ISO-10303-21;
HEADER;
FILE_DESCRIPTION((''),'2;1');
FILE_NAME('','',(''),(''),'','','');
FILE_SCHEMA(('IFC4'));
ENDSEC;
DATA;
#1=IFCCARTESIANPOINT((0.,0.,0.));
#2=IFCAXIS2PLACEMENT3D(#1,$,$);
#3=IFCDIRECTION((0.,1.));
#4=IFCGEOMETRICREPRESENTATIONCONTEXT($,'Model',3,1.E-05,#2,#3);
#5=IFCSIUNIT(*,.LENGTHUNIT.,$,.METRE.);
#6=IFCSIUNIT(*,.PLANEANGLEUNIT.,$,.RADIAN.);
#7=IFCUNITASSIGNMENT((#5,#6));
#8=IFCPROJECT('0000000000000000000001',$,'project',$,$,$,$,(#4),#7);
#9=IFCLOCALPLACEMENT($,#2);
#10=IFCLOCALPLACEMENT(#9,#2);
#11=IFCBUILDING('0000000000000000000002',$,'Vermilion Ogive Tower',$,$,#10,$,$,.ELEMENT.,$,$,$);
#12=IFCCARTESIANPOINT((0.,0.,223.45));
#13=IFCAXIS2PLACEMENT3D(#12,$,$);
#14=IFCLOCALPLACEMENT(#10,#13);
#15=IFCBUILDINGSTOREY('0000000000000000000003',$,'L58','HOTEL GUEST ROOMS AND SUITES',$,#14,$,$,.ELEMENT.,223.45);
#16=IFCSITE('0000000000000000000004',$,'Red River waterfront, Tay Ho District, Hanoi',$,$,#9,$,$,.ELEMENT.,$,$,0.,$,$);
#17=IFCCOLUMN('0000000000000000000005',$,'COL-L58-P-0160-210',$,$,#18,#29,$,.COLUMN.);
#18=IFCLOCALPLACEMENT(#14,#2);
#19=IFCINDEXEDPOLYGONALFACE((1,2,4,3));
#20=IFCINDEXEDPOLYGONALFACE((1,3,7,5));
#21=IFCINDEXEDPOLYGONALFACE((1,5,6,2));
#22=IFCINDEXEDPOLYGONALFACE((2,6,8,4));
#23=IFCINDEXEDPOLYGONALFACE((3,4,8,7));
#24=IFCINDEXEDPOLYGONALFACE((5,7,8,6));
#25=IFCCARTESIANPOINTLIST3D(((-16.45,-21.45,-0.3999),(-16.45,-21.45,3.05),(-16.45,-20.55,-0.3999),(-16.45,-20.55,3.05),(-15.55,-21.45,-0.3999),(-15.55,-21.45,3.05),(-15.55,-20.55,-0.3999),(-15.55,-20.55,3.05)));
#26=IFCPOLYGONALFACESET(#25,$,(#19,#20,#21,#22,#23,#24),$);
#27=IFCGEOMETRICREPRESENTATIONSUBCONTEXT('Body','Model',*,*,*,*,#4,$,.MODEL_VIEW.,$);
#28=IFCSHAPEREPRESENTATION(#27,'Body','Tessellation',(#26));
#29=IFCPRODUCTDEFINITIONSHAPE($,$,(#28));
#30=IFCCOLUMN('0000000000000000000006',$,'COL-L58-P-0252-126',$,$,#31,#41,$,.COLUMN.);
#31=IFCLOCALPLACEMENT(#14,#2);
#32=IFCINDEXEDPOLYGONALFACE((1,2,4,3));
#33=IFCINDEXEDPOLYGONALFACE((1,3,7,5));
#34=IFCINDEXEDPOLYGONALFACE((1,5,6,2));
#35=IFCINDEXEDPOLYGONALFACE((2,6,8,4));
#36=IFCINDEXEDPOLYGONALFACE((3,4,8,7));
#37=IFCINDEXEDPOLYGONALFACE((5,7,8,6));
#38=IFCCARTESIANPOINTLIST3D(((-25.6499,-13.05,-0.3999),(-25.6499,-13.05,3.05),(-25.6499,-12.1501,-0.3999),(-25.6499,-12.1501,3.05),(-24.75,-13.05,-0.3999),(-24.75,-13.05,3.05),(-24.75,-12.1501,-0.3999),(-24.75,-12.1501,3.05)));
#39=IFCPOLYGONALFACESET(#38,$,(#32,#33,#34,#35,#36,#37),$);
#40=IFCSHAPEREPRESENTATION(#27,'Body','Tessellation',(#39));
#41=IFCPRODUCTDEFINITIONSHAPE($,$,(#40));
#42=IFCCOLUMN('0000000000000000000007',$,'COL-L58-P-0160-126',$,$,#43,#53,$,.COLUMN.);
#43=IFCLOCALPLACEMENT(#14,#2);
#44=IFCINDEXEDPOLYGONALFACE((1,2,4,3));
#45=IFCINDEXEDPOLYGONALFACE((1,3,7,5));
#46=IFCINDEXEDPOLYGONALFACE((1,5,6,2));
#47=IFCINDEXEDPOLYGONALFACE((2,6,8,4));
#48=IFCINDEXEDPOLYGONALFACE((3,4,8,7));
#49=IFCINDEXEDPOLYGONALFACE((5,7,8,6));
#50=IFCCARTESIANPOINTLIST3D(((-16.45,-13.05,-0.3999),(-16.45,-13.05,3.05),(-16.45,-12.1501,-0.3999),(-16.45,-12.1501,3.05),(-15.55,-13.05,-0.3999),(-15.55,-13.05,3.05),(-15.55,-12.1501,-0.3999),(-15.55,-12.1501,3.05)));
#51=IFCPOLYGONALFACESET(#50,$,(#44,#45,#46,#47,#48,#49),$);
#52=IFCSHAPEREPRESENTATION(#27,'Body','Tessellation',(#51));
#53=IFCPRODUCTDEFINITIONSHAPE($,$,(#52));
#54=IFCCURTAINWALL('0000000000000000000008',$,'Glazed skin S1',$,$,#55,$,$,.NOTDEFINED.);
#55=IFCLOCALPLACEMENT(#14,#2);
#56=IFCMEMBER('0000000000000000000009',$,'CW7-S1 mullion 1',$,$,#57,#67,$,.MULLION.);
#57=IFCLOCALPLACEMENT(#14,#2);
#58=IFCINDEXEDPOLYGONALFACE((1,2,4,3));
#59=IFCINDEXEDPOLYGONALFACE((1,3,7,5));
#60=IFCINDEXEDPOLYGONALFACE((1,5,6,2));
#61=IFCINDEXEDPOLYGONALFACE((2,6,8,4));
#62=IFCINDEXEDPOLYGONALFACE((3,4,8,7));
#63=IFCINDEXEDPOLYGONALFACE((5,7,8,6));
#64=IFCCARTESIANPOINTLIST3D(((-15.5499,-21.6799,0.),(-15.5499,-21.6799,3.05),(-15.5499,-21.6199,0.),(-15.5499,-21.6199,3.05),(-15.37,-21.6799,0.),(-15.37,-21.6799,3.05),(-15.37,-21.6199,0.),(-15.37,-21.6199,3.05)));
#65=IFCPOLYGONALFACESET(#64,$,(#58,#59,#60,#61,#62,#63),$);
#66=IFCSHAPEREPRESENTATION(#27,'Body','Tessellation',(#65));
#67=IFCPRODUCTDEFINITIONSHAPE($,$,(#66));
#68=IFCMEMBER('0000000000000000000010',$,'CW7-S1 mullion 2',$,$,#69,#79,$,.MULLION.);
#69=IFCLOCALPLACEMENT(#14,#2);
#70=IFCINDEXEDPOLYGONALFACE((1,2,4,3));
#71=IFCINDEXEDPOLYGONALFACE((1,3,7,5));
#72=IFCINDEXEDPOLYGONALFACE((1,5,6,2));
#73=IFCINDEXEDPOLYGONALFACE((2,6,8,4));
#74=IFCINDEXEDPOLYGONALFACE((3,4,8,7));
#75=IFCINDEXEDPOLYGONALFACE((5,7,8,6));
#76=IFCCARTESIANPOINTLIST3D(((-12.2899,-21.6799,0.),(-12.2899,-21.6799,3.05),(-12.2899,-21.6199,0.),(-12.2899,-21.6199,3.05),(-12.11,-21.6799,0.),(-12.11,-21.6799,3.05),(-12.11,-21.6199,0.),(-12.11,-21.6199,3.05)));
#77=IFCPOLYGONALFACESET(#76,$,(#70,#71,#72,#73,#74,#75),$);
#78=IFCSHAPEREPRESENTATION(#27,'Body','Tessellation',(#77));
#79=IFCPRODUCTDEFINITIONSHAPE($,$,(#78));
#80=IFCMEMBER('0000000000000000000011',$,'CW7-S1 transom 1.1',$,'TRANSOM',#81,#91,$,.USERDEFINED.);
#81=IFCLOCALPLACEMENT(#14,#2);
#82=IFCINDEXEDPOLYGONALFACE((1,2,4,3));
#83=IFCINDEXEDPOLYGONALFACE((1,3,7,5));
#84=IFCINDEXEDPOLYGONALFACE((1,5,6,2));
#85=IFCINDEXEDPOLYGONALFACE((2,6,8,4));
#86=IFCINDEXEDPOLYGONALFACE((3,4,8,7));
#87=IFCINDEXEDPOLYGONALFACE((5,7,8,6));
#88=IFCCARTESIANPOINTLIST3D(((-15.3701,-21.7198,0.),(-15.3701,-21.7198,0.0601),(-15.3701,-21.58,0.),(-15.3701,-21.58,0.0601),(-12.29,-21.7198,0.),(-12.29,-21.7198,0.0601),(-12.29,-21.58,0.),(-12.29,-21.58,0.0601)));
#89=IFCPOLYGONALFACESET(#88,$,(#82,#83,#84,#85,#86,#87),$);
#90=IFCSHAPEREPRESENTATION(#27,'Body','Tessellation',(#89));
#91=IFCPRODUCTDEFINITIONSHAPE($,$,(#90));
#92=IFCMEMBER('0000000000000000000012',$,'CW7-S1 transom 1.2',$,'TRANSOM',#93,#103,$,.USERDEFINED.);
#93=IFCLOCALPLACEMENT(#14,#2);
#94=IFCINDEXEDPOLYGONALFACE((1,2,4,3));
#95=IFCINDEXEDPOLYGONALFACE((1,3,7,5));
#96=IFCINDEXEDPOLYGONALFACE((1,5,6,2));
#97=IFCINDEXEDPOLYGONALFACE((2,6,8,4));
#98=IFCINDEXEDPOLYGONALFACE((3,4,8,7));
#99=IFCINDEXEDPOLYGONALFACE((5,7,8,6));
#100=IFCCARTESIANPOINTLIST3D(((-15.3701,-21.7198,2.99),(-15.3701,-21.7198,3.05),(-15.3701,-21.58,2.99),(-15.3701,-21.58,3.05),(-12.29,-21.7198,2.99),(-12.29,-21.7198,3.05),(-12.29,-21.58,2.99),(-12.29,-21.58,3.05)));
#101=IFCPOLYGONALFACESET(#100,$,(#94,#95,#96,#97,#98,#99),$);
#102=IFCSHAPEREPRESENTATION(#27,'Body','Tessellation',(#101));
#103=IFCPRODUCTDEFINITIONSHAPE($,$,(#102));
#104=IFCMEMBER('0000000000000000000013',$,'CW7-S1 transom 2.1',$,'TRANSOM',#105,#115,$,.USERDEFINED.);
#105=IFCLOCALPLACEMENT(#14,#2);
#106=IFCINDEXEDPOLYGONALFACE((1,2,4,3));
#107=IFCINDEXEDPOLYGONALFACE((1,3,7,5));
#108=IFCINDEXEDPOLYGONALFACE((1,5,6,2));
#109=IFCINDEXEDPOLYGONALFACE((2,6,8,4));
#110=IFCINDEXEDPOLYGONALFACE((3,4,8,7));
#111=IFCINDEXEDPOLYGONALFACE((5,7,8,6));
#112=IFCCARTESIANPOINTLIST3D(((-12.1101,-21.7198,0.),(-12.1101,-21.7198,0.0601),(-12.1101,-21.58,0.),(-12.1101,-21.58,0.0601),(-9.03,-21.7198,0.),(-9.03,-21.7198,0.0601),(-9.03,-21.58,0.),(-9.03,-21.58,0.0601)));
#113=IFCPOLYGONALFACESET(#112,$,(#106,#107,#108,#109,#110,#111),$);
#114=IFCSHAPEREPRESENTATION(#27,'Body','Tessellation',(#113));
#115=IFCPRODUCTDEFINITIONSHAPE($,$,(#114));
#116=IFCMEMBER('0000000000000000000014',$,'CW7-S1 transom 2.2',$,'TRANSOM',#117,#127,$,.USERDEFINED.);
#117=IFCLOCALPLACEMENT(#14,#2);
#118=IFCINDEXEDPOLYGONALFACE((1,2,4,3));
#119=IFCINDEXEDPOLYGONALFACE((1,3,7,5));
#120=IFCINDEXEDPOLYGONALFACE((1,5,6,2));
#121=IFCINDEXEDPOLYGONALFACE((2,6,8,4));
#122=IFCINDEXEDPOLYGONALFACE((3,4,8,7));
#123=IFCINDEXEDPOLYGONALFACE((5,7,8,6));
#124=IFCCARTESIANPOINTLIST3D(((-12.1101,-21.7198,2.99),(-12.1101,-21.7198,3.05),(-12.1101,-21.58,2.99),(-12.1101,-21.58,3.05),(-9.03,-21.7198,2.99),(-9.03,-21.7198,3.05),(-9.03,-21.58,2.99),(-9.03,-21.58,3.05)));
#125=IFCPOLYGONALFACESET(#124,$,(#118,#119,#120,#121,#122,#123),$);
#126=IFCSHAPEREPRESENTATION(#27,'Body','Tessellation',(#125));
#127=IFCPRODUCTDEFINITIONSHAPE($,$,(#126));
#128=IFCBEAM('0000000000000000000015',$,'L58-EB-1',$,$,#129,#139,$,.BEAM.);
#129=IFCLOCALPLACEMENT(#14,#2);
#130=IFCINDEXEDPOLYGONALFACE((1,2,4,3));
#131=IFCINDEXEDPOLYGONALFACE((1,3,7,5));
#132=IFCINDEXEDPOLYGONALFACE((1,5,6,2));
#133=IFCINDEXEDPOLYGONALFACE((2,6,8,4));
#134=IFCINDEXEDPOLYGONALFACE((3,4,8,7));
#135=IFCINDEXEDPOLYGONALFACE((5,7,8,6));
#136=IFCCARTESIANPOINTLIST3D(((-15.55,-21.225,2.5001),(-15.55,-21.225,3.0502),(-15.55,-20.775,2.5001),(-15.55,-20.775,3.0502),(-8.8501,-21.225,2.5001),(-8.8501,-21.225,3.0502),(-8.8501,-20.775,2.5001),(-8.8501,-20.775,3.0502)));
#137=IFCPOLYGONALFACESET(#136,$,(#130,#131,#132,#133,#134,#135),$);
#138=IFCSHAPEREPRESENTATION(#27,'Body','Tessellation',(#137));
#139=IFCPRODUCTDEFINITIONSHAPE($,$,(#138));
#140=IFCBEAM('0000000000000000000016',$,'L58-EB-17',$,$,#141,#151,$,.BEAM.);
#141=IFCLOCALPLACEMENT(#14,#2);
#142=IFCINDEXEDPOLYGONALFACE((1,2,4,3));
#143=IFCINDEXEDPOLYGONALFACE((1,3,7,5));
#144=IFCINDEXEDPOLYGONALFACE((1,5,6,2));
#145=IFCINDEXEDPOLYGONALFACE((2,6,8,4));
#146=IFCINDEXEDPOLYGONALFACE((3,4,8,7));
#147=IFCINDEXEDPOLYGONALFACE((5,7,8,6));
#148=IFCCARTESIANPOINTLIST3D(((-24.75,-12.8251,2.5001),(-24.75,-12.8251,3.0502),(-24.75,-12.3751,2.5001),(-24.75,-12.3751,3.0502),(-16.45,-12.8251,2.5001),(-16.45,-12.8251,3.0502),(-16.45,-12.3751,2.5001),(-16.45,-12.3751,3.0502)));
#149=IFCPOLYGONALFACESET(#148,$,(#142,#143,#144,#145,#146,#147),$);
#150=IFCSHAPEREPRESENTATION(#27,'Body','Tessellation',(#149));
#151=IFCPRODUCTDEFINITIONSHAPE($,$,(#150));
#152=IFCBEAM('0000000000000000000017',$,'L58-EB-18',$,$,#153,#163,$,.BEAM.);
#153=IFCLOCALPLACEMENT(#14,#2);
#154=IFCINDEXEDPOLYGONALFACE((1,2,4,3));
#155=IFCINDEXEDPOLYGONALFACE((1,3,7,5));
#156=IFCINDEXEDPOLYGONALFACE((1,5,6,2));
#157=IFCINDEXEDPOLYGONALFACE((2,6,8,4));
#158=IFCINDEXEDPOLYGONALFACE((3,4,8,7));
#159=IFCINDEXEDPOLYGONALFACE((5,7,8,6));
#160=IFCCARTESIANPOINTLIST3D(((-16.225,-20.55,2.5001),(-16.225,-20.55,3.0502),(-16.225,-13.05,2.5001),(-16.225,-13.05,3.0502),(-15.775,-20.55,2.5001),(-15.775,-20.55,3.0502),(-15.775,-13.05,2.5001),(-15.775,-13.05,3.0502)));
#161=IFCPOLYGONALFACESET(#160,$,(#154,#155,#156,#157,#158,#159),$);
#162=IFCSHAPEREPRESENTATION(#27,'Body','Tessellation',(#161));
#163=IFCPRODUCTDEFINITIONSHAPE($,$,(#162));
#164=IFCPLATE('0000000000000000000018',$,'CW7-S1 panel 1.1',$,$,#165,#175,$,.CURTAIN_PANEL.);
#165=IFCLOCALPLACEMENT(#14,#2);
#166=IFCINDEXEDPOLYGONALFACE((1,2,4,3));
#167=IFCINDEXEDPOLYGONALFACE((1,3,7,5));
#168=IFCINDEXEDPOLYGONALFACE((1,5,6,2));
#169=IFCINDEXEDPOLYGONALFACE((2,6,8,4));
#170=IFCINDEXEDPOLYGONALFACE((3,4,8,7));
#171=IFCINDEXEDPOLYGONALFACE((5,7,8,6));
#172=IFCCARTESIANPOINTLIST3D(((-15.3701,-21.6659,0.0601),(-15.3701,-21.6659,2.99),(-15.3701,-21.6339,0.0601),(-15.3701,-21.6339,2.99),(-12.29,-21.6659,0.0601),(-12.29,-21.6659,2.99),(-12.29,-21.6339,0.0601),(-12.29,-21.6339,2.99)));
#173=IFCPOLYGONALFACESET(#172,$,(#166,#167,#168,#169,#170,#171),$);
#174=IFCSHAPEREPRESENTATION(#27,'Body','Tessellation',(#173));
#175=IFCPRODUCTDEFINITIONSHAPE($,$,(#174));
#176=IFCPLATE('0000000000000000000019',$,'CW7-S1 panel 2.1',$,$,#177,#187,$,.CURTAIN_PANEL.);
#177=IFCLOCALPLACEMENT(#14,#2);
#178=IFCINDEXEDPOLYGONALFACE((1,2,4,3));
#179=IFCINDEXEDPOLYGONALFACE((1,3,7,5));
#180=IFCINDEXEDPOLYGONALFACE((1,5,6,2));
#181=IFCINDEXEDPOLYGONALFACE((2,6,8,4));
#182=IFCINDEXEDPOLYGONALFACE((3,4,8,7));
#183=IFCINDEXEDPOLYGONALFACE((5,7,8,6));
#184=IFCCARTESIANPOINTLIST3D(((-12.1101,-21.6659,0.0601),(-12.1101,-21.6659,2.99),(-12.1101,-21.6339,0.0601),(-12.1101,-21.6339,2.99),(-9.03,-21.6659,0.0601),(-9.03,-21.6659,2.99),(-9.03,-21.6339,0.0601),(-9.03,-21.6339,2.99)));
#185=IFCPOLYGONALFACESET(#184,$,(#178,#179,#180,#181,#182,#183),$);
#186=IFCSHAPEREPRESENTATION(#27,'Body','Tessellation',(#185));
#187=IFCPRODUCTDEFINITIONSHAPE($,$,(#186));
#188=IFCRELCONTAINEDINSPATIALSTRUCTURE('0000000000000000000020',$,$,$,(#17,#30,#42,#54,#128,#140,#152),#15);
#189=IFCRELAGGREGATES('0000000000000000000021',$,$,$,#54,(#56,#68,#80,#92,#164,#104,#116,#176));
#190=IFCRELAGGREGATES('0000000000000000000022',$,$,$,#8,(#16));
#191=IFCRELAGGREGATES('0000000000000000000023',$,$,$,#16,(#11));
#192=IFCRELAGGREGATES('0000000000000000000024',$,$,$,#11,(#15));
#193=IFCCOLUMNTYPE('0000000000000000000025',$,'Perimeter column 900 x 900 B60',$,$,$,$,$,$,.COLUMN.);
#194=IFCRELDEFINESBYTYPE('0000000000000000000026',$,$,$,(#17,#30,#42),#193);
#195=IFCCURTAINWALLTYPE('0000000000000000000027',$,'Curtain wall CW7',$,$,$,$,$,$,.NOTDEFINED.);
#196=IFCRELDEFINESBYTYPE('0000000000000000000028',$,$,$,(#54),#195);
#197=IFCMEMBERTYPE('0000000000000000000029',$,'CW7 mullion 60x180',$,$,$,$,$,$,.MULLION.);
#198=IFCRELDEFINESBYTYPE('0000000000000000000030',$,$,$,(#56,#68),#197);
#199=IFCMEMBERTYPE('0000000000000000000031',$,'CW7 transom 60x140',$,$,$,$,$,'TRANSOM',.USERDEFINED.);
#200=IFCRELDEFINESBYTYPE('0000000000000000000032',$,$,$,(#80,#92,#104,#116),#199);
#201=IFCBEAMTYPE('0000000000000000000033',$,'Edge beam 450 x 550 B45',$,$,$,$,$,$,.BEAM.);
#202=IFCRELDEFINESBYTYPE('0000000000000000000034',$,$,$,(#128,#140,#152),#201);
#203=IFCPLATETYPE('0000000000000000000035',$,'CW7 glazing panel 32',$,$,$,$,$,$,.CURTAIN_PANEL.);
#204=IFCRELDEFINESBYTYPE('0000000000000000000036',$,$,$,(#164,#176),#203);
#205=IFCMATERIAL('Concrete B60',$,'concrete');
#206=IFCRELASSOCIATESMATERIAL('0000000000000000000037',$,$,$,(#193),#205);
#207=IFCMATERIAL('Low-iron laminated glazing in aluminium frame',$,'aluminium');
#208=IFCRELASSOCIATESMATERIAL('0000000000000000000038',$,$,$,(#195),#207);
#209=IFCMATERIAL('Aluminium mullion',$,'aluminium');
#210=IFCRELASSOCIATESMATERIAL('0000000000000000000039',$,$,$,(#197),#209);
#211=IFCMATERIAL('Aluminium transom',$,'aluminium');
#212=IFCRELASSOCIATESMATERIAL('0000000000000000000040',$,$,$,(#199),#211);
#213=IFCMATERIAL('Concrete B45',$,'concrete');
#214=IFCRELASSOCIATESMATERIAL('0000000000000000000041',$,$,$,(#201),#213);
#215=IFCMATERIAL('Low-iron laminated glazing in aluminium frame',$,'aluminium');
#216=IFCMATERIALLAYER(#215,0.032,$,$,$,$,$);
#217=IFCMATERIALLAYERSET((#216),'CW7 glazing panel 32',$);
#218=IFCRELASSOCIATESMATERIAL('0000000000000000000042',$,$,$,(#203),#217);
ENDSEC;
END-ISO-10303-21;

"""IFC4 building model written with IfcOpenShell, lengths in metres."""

from ifc_helpers import new_model, si_unit, direction, frame, origin, origin_2d, place, context, subcontext, project, spatial, rectangle, extrude, material, layer, layer_set, material_profile, profile_set, type_object, element, aggregate, save


model = new_model("IFC4")

# Units and contexts
model_context = context("Model", 3, precision=1e-05, world=origin(), true_north=direction((0.0, 1.0)))
body_context = subcontext(model_context, "Body", "Model", "MODEL_VIEW")
ifc_project = project(units=[si_unit("LENGTHUNIT", "METRE"), si_unit("PLANEANGLEUNIT", "RADIAN")], contexts=[model_context])

# Site, building, storey
site_placement = place(None, origin())
site = spatial("IfcSite", under=ifc_project, at=site_placement, Name="Red River waterfront, Tay Ho District, Hanoi", CompositionType="ELEMENT", RefElevation=0.0)
building_placement = place(site_placement, origin())
building = spatial("IfcBuilding", under=site, at=building_placement, Name="Vermilion Ogive Tower", CompositionType="ELEMENT")
storey_placement = place(building_placement, frame((0.0, 0.0, 223.45)))
storey = spatial("IfcBuildingStorey", under=building, at=storey_placement, Name="L58", Description="HOTEL GUEST ROOMS AND SUITES", CompositionType="ELEMENT", Elevation=223.45)

# Columns
ifc_material_1 = material(Name="Concrete B60", Category="concrete")
ifc_material_profile_1 = material_profile(ifc_material_1, rectangle(XDim=0.8999, YDim=0.8999, at=origin_2d()), Name="900 x 900")
ifc_profile_set_1 = profile_set([ifc_material_profile_1], Name="Concrete B60")
column_type = type_object("IfcColumnType", Name="Perimeter column 900 x 900 B60", PredefinedType="COLUMN", material=ifc_profile_set_1)
for number, where, z_axis, x_axis, name in (
    (1, (-16.0, -21.0, -0.3999), (0.0, 0.0, 1.0), (1.0, 0.0, 0.0), "COL-L58-P-0160-210"),
    (2, (-25.2, -12.6001, -0.3999), (0.0, 0.0, 1.0), (1.0, 0.0, 0.0), "COL-L58-P-0252-126"),
    (3, (-16.0, -12.6001, -0.3999), (0.0, 0.0, 1.0), (1.0, 0.0, 0.0), "COL-L58-P-0160-126"),
):
    element("IfcColumn", number, at=place(storey_placement, frame(where, z_axis=z_axis, x_axis=x_axis)), inside=storey, type_object=column_type, Name=name, PredefinedType="COLUMN", context=body_context, shape_type="SweptSolid", body=[
        extrude(rectangle(XDim=0.8999, YDim=0.8999, at=origin_2d()), origin(), (0.0, 0.0, 1.0), 3.45),
    ])

# Curtain wall, members
ifc_material_2 = material(Name="Low-iron laminated glazing in aluminium frame", Category="aluminium")
curtain_wall_type = type_object("IfcCurtainWallType", Name="Curtain wall CW7", PredefinedType="NOTDEFINED", material=ifc_material_2)
curtain_wall_placement = place(storey_placement, origin())
curtain_wall = element("IfcCurtainWall", 4, at=curtain_wall_placement, inside=storey, type_object=curtain_wall_type, Name="Glazed skin S1", PredefinedType="NOTDEFINED")
ifc_material_3 = material(Name="Aluminium mullion", Category="aluminium")
ifc_material_profile_2 = material_profile(ifc_material_3, rectangle(XDim=0.0601, YDim=0.1799, at=origin_2d()), Name="AL 60x180")
ifc_profile_set_2 = profile_set([ifc_material_profile_2], Name="Aluminium mullion")
member_type_1 = type_object("IfcMemberType", Name="CW7 mullion 60x180", PredefinedType="MULLION", material=ifc_profile_set_2)
member_1_placement = place(storey_placement, frame((-15.46, -21.6499, 0.0), z_axis=(0.0, 0.0, 1.0), x_axis=(0.0, 1.0, 0.0)))
member_1 = element("IfcMember", 5, at=member_1_placement, type_object=member_type_1, Name="CW7-S1 mullion 1", PredefinedType="MULLION", context=body_context, shape_type="SweptSolid", body=[
    extrude(rectangle(XDim=0.0601, YDim=0.1799, at=origin_2d()), origin(), (0.0, 0.0, 1.0), 3.05),
])
member_2_placement = place(storey_placement, frame((-12.2, -21.6499, 0.0), z_axis=(0.0, 0.0, 1.0), x_axis=(0.0, 1.0, 0.0)))
member_2 = element("IfcMember", 6, at=member_2_placement, type_object=member_type_1, Name="CW7-S1 mullion 2", PredefinedType="MULLION", context=body_context, shape_type="SweptSolid", body=[
    extrude(rectangle(XDim=0.0601, YDim=0.1799, at=origin_2d()), origin(), (0.0, 0.0, 1.0), 3.05),
])
ifc_material_4 = material(Name="Aluminium transom", Category="aluminium")
ifc_material_profile_3 = material_profile(ifc_material_4, rectangle(XDim=0.1399, YDim=0.0601, at=origin_2d()), Name="AL 60x140")
ifc_profile_set_3 = profile_set([ifc_material_profile_3], Name="Aluminium transom")
member_type_2 = type_object("IfcMemberType", Name="CW7 transom 60x140", ElementType="TRANSOM", PredefinedType="USERDEFINED", material=ifc_profile_set_3)
member_3_placement = place(storey_placement, frame((-15.3701, -21.6499, 0.03), z_axis=(1.0, 0.0, 0.0), x_axis=(0.0, 1.0, 0.0)))
member_3 = element("IfcMember", 7, at=member_3_placement, type_object=member_type_2, Name="CW7-S1 transom 1.1", ObjectType="TRANSOM", PredefinedType="USERDEFINED", context=body_context, shape_type="SweptSolid", body=[
    extrude(rectangle(XDim=0.1399, YDim=0.0601, at=origin_2d()), origin(), (0.0, 0.0, 1.0), 3.0801),
])
member_4_placement = place(storey_placement, frame((-15.3701, -21.6499, 3.02), z_axis=(1.0, 0.0, 0.0), x_axis=(0.0, 1.0, 0.0)))
member_4 = element("IfcMember", 8, at=member_4_placement, type_object=member_type_2, Name="CW7-S1 transom 1.2", ObjectType="TRANSOM", PredefinedType="USERDEFINED", context=body_context, shape_type="SweptSolid", body=[
    extrude(rectangle(XDim=0.1399, YDim=0.0601, at=origin_2d()), origin(), (0.0, 0.0, 1.0), 3.0801),
])
member_5_placement = place(storey_placement, frame((-12.1101, -21.6499, 0.03), z_axis=(1.0, 0.0, 0.0), x_axis=(0.0, 1.0, 0.0)))
member_5 = element("IfcMember", 9, at=member_5_placement, type_object=member_type_2, Name="CW7-S1 transom 2.1", ObjectType="TRANSOM", PredefinedType="USERDEFINED", context=body_context, shape_type="SweptSolid", body=[
    extrude(rectangle(XDim=0.1399, YDim=0.0601, at=origin_2d()), origin(), (0.0, 0.0, 1.0), 3.0801),
])
member_6_placement = place(storey_placement, frame((-12.1101, -21.6499, 3.02), z_axis=(1.0, 0.0, 0.0), x_axis=(0.0, 1.0, 0.0)))
member_6 = element("IfcMember", 10, at=member_6_placement, type_object=member_type_2, Name="CW7-S1 transom 2.2", ObjectType="TRANSOM", PredefinedType="USERDEFINED", context=body_context, shape_type="SweptSolid", body=[
    extrude(rectangle(XDim=0.1399, YDim=0.0601, at=origin_2d()), origin(), (0.0, 0.0, 1.0), 3.0801),
])

# Beams
ifc_material_5 = material(Name="Concrete B45", Category="concrete")
ifc_material_profile_4 = material_profile(ifc_material_5, rectangle(XDim=0.45, YDim=0.55, at=origin_2d()), Name="450 x 550")
ifc_profile_set_4 = profile_set([ifc_material_profile_4], Name="Concrete B45")
beam_type = type_object("IfcBeamType", Name="Edge beam 450 x 550 B45", PredefinedType="BEAM", material=ifc_profile_set_4)
beam_1_placement = place(storey_placement, frame((-15.55, -21.0, 2.7751), z_axis=(1.0, 0.0, 0.0), x_axis=(0.0, 1.0, 0.0)))
element("IfcBeam", 11, at=beam_1_placement, inside=storey, type_object=beam_type, Name="L58-EB-1", PredefinedType="BEAM", context=body_context, shape_type="SweptSolid", body=[
    extrude(rectangle(XDim=0.45, YDim=0.55, at=origin_2d()), origin(), (0.0, 0.0, 1.0), 6.7),
])
beam_2_placement = place(storey_placement, frame((-24.75, -12.6001, 2.7751), z_axis=(1.0, 0.0, 0.0), x_axis=(0.0, 1.0, 0.0)))
element("IfcBeam", 12, at=beam_2_placement, inside=storey, type_object=beam_type, Name="L58-EB-17", PredefinedType="BEAM", context=body_context, shape_type="SweptSolid", body=[
    extrude(rectangle(XDim=0.45, YDim=0.55, at=origin_2d()), origin(), (0.0, 0.0, 1.0), 8.3),
])
beam_3_placement = place(storey_placement, frame((-16.0, -13.05, 2.7751), z_axis=(0.0, -1.0, 0.0), x_axis=(1.0, 0.0, 0.0)))
element("IfcBeam", 13, at=beam_3_placement, inside=storey, type_object=beam_type, Name="L58-EB-18", PredefinedType="BEAM", context=body_context, shape_type="SweptSolid", body=[
    extrude(rectangle(XDim=0.45, YDim=0.55, at=origin_2d()), origin(), (0.0, 0.0, 1.0), 7.5),
])

# Plates
ifc_material_6 = material(Name="Low-iron laminated glazing in aluminium frame", Category="aluminium")
ifc_layer_1 = layer(ifc_material_6, 0.032)
ifc_layer_set_1 = layer_set([ifc_layer_1], Name="CW7 glazing panel 32")
plate_type = type_object("IfcPlateType", Name="CW7 glazing panel 32", PredefinedType="CURTAIN_PANEL", material=ifc_layer_set_1)
plate_1_placement = place(storey_placement, frame((-13.8301, -21.6499, 0.0601), z_axis=(0.0, 0.0, 1.0), x_axis=(1.0, 0.0, 0.0)))
plate_1 = element("IfcPlate", 14, at=plate_1_placement, type_object=plate_type, Name="CW7-S1 panel 1.1", PredefinedType="CURTAIN_PANEL", context=body_context, shape_type="SweptSolid", body=[
    extrude(rectangle(XDim=3.0801, YDim=0.032, at=origin_2d()), origin(), (0.0, 0.0, 1.0), 2.9299),
])
plate_2_placement = place(storey_placement, frame((-10.5701, -21.6499, 0.0601), z_axis=(0.0, 0.0, 1.0), x_axis=(1.0, 0.0, 0.0)))
plate_2 = element("IfcPlate", 15, at=plate_2_placement, type_object=plate_type, Name="CW7-S1 panel 2.1", PredefinedType="CURTAIN_PANEL", context=body_context, shape_type="SweptSolid", body=[
    extrude(rectangle(XDim=3.0801, YDim=0.032, at=origin_2d()), origin(), (0.0, 0.0, 1.0), 2.9299),
])
aggregate(curtain_wall, [member_1, member_2, member_3, member_4, plate_1, member_5, member_6, plate_2])

save(model, "model.ifc")
